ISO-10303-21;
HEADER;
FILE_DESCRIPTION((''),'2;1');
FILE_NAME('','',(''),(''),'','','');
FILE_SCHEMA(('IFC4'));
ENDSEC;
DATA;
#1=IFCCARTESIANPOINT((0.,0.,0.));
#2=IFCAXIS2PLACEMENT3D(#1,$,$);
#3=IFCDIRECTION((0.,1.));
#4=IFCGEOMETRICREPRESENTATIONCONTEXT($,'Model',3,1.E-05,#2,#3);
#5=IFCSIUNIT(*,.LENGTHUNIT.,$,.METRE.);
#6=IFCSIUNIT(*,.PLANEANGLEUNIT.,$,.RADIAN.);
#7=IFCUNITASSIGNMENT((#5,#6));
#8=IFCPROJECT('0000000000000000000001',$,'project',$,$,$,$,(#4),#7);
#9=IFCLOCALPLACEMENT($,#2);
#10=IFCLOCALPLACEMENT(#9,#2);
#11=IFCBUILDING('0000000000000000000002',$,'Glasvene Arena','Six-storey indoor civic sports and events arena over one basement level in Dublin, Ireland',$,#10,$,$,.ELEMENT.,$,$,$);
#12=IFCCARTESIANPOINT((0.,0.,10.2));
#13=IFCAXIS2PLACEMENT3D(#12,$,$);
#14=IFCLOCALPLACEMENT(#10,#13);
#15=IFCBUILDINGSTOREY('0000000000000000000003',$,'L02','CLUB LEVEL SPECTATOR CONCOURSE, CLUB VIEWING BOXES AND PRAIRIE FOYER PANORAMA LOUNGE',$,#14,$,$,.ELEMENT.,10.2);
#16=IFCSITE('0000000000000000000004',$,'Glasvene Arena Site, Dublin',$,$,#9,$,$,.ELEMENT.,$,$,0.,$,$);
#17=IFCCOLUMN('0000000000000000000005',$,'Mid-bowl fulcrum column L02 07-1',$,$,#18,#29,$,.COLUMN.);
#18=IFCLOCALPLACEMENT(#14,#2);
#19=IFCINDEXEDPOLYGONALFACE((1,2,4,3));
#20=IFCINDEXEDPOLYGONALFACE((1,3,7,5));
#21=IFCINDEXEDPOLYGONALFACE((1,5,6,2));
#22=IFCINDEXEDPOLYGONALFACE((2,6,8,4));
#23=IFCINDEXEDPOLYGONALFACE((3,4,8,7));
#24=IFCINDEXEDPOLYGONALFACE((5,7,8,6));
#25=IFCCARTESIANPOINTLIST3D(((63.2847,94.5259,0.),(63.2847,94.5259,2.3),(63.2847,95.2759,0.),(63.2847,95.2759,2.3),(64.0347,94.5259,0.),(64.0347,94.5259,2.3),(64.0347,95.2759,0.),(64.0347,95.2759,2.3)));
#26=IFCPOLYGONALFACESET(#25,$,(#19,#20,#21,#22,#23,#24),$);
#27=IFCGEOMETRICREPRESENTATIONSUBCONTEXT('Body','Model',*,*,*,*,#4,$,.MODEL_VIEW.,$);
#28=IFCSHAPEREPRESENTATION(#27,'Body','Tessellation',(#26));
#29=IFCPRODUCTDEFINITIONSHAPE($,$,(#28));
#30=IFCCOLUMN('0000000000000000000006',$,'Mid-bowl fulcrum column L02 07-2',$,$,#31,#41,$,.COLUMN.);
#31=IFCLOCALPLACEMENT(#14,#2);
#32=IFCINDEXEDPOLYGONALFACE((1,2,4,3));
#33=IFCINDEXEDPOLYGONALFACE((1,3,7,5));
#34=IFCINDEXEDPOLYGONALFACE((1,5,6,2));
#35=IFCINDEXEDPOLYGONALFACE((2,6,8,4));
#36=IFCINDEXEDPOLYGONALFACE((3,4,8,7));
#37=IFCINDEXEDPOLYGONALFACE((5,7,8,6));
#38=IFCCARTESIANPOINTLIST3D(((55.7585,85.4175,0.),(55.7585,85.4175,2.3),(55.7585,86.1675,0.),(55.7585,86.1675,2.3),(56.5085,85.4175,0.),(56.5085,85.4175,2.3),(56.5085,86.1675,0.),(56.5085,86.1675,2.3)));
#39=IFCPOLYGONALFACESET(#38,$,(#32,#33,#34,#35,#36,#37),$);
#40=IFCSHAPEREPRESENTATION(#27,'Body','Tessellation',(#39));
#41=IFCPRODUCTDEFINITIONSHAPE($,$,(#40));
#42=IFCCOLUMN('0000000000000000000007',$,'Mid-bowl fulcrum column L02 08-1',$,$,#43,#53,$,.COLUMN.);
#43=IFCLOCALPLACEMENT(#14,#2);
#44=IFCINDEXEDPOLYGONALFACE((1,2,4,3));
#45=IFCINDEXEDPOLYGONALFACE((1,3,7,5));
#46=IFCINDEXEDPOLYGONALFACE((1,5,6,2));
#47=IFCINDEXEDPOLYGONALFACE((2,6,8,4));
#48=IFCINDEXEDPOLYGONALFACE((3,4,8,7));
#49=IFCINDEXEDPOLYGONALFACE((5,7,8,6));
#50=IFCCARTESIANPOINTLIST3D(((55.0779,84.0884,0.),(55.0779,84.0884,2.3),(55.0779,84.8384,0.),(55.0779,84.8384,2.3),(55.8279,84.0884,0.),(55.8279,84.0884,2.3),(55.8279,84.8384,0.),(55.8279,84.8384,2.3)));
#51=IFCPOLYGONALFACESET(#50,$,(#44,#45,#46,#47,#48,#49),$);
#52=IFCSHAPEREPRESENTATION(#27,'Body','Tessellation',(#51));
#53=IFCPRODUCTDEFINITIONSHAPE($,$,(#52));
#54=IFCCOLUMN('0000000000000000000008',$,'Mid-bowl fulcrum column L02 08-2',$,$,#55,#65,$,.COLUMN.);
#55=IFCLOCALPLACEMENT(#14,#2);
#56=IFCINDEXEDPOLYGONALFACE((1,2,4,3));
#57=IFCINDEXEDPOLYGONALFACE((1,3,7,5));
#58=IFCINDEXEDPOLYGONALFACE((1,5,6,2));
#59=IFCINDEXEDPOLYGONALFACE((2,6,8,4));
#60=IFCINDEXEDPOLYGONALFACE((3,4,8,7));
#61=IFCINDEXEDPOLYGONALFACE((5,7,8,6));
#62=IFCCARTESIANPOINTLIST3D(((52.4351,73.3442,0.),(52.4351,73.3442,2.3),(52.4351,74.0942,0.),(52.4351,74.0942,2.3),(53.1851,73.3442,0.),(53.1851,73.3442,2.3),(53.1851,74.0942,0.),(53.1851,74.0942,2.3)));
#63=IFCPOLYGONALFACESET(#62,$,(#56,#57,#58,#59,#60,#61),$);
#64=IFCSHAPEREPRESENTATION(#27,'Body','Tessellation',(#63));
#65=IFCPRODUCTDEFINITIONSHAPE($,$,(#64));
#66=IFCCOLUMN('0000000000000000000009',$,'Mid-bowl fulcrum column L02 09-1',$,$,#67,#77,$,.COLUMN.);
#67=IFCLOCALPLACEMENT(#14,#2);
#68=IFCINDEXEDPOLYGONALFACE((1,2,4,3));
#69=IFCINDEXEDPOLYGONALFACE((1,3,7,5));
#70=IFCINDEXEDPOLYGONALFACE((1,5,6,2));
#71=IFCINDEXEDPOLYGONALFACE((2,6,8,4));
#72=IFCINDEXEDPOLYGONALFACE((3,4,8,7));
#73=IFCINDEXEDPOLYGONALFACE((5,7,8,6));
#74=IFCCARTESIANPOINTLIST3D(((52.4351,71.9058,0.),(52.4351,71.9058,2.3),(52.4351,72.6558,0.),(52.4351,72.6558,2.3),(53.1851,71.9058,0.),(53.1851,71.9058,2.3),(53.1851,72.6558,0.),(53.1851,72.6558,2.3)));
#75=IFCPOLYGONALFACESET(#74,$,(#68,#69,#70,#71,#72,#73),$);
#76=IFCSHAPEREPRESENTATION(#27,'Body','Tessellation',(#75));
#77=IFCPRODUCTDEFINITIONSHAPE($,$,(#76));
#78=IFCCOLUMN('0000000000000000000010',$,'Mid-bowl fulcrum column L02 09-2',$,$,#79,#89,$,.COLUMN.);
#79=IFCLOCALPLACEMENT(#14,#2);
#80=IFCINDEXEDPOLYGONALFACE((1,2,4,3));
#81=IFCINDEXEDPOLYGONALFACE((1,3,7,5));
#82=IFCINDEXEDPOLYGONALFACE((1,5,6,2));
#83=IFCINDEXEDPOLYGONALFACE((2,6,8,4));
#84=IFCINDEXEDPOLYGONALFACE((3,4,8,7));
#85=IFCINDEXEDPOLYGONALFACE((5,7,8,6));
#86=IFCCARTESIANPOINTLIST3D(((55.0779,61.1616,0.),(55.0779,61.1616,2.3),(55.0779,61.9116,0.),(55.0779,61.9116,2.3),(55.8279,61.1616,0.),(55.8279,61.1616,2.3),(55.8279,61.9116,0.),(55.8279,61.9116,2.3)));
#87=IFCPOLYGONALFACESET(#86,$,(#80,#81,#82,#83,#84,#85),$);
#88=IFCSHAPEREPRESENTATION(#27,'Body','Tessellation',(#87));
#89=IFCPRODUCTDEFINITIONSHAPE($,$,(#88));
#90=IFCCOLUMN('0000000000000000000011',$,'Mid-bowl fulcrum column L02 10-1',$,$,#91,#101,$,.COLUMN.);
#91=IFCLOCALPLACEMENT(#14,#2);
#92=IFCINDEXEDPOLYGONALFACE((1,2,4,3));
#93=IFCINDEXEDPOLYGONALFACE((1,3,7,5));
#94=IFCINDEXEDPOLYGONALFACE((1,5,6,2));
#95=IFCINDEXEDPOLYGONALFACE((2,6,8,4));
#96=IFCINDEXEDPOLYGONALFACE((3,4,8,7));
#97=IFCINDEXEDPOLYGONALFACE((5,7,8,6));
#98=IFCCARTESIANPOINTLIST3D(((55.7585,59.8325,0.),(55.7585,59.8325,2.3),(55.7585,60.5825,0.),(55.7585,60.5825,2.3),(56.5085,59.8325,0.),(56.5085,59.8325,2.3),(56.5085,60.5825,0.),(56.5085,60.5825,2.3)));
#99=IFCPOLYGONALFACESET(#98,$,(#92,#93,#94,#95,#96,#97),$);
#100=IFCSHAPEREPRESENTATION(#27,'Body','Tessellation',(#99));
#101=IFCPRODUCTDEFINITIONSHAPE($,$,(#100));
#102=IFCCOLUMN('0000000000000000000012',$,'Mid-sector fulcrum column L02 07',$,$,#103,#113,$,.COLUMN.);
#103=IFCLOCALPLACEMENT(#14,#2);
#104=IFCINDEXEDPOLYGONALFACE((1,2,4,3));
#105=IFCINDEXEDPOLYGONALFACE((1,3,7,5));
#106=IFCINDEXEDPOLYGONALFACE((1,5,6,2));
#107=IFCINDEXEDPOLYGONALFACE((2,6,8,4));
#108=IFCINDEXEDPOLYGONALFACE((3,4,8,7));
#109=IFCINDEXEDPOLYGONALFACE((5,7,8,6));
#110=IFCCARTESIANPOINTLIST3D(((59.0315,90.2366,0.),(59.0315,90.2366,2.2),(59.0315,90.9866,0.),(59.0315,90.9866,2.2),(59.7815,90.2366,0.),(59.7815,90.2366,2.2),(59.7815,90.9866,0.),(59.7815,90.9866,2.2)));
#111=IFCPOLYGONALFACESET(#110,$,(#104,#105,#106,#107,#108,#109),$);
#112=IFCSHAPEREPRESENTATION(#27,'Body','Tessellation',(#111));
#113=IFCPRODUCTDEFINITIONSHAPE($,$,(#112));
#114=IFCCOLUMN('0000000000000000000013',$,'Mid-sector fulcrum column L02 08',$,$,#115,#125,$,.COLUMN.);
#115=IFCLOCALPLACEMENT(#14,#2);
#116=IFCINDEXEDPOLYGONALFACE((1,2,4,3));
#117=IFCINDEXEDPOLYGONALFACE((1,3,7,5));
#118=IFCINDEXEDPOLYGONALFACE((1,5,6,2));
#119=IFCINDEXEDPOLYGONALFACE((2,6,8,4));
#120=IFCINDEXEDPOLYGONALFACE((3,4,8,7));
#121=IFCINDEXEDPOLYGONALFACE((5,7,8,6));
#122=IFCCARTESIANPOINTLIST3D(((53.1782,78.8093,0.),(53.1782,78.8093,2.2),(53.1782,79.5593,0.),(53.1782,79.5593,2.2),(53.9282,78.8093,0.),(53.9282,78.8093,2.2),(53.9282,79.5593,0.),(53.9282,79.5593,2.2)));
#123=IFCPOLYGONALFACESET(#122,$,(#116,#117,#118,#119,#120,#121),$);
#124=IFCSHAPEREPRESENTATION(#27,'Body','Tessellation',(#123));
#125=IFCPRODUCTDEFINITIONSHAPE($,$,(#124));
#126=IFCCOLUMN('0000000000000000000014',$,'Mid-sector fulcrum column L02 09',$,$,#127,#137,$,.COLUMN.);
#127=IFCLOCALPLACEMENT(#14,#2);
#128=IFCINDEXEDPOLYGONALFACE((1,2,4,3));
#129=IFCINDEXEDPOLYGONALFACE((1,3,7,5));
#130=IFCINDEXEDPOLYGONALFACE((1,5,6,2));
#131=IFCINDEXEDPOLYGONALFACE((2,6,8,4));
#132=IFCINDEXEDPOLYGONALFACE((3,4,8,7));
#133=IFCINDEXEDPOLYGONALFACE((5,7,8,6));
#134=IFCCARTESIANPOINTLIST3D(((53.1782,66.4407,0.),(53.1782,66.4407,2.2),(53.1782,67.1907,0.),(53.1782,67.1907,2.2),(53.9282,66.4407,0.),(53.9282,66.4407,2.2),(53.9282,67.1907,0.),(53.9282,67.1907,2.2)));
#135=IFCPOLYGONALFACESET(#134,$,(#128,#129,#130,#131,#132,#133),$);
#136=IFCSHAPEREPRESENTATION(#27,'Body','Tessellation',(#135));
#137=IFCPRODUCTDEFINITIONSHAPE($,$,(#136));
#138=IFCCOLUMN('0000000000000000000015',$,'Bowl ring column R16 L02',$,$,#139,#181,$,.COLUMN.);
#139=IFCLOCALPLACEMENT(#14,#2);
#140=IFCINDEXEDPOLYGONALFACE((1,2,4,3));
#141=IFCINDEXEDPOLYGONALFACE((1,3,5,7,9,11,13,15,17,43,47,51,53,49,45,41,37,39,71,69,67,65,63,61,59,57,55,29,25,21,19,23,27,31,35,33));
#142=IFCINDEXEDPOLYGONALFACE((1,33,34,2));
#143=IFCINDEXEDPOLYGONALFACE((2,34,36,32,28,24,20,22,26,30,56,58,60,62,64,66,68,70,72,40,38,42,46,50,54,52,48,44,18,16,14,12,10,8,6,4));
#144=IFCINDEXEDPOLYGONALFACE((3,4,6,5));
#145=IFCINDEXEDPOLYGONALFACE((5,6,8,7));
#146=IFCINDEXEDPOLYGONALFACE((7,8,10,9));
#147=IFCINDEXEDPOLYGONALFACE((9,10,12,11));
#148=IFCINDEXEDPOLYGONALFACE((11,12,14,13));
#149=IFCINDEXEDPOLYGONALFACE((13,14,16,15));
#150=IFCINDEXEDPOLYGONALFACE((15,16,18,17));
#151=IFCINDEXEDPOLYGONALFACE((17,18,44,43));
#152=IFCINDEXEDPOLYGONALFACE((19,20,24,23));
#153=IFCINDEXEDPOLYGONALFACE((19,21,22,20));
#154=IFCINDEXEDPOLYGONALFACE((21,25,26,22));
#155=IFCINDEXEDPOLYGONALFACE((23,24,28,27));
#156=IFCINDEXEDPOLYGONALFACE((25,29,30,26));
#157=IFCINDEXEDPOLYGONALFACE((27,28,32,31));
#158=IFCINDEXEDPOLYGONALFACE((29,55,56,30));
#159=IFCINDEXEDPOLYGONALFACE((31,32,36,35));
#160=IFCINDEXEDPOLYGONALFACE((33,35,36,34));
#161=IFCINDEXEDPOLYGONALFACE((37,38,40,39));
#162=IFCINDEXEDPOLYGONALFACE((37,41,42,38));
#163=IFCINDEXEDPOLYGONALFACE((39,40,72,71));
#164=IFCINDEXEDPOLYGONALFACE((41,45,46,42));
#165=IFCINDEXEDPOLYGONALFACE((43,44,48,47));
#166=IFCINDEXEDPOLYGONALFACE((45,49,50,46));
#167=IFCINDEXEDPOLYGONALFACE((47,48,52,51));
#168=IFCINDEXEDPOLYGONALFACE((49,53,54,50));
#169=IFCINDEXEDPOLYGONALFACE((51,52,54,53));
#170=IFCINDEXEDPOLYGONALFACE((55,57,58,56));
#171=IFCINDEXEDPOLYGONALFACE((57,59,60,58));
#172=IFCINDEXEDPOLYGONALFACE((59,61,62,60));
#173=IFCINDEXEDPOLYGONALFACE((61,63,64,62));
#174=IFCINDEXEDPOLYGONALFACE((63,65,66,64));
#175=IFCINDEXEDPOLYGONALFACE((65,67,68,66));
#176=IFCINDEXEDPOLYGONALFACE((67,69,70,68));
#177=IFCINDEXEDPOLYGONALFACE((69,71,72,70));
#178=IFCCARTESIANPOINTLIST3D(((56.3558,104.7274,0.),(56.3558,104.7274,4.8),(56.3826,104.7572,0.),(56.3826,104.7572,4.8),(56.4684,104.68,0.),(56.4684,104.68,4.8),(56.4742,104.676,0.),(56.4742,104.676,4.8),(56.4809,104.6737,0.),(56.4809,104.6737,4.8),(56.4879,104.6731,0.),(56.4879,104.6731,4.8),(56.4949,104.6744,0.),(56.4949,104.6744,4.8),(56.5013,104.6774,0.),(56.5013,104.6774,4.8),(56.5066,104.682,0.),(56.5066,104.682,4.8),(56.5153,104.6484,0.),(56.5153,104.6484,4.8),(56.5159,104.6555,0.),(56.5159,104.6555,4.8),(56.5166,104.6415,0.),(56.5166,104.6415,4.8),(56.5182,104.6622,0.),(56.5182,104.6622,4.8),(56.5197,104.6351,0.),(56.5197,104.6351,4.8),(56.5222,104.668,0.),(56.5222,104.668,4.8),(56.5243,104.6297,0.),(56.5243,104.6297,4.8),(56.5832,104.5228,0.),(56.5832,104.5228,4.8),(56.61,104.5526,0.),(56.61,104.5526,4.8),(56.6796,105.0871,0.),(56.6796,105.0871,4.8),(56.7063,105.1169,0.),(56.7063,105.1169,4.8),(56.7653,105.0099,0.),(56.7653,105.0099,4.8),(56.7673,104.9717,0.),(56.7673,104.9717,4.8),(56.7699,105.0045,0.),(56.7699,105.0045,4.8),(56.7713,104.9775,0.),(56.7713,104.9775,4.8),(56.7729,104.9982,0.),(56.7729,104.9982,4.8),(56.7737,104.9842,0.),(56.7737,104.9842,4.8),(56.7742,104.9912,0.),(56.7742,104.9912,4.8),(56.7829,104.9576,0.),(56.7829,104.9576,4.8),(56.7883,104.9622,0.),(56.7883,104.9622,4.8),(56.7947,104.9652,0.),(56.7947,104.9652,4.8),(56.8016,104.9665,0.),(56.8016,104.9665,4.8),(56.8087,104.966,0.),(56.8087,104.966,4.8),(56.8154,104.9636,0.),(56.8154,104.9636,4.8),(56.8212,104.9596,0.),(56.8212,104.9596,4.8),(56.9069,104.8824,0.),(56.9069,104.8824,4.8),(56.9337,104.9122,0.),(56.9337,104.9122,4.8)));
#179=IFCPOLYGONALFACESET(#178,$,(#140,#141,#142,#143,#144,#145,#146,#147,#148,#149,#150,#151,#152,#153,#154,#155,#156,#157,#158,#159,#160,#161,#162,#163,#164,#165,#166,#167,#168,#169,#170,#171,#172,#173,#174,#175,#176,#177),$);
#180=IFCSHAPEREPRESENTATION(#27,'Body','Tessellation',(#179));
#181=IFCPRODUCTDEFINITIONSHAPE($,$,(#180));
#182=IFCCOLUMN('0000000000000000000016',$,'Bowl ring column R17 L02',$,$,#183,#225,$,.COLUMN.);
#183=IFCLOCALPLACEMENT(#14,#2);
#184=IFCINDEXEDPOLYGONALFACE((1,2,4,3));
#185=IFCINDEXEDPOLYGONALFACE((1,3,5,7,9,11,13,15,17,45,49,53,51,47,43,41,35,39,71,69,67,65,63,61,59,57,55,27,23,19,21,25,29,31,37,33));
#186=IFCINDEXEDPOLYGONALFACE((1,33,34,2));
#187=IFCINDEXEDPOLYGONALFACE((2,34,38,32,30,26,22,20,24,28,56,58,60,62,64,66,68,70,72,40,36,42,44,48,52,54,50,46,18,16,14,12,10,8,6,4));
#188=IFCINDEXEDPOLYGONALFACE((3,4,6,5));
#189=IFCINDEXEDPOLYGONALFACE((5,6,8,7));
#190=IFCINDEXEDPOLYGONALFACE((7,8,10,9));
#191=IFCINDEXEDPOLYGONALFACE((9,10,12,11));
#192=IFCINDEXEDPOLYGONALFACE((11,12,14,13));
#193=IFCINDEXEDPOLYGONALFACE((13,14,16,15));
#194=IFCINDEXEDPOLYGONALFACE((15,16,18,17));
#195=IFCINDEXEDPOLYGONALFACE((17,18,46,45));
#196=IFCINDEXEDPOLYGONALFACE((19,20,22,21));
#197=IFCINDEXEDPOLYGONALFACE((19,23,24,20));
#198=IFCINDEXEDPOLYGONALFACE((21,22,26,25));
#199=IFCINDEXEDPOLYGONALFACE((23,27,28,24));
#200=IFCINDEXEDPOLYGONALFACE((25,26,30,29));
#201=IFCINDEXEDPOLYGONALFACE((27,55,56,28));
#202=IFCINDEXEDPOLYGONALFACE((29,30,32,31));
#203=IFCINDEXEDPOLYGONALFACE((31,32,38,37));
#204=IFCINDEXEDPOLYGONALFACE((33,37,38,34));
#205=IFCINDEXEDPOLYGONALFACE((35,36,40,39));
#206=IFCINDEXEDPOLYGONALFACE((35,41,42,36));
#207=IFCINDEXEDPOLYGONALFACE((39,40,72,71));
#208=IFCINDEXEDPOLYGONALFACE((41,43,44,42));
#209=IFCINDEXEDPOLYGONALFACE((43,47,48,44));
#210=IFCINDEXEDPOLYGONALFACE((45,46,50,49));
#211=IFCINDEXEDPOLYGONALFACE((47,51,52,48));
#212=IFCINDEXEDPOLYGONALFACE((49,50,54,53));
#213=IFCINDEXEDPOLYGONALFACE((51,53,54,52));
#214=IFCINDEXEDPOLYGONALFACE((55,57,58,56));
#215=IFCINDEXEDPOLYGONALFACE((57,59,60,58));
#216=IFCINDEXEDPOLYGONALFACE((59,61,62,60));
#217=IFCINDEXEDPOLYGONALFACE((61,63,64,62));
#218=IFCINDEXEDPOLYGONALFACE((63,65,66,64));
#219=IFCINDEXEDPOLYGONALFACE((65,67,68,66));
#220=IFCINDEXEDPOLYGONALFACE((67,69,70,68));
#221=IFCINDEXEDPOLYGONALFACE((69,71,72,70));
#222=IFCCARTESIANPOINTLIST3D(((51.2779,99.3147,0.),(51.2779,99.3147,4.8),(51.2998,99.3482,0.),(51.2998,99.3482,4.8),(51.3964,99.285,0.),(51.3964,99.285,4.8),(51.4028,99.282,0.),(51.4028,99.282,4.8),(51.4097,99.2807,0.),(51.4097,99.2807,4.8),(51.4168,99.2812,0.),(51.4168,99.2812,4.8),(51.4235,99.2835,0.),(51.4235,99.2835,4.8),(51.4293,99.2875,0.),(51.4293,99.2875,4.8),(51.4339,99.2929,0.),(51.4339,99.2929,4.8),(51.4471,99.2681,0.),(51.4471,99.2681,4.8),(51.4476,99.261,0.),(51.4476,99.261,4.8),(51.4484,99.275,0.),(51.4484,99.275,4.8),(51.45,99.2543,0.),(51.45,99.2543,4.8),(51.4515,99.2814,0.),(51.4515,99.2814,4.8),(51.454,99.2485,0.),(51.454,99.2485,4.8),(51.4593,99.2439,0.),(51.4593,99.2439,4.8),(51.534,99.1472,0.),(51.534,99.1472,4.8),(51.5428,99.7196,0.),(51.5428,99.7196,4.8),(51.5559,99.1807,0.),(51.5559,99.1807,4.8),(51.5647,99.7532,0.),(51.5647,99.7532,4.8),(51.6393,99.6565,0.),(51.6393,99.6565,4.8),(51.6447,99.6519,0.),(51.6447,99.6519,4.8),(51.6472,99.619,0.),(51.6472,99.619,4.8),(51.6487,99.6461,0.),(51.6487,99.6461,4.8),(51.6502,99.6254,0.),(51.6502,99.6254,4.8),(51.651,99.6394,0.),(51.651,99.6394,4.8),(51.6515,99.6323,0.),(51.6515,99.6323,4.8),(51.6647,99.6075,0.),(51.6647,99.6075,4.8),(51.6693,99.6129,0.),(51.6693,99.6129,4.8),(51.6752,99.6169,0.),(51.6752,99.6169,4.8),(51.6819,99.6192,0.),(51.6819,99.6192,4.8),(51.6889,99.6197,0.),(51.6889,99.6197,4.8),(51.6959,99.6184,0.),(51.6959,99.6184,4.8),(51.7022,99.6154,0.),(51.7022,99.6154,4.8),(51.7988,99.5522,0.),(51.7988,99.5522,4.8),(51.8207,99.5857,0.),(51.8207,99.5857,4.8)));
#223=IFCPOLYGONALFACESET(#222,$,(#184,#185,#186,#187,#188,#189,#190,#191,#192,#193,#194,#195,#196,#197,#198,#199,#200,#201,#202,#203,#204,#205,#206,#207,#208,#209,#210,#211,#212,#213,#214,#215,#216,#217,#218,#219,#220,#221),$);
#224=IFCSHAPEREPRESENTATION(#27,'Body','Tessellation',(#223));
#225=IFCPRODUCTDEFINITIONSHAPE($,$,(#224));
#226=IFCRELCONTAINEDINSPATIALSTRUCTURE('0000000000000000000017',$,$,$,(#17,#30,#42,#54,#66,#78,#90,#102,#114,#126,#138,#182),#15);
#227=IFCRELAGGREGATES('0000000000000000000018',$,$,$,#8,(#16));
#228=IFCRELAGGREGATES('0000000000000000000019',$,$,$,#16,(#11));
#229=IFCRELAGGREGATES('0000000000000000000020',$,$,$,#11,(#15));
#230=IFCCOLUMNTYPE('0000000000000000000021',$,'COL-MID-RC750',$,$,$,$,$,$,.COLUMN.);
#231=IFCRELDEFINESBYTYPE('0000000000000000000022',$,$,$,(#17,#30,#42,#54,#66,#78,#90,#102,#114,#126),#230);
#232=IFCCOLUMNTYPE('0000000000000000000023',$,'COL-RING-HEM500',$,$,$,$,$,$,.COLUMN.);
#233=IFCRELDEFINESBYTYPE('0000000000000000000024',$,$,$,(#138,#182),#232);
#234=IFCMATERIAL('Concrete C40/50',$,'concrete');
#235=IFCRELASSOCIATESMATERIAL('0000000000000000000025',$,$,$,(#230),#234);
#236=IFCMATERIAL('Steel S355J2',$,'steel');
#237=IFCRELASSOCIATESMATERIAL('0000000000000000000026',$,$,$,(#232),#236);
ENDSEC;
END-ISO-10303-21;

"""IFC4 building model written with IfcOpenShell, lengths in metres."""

from ifc_helpers import new_model, si_unit, direction, frame, origin, origin_2d, place, context, subcontext, project, spatial, rectangle, i_section, extrude, material, material_profile, profile_set, type_object, element, save


model = new_model("IFC4")

# Units and contexts
model_context = context("Model", 3, precision=1e-05, world=origin(), true_north=direction((0.0, 1.0)))
body_context = subcontext(model_context, "Body", "Model", "MODEL_VIEW")
ifc_project = project(units=[si_unit("LENGTHUNIT", "METRE"), si_unit("PLANEANGLEUNIT", "RADIAN")], contexts=[model_context])

# Site, building, storey
site_placement = place(None, origin())
site = spatial("IfcSite", under=ifc_project, at=site_placement, Name="Glasvene Arena Site, Dublin", CompositionType="ELEMENT", RefElevation=0.0)
building_placement = place(site_placement, origin())
building = spatial("IfcBuilding", under=site, at=building_placement, Name="Glasvene Arena", Description="Six-storey indoor civic sports and events arena over one basement level in Dublin, Ireland", CompositionType="ELEMENT")
storey_placement = place(building_placement, frame((0.0, 0.0, 10.2)))
storey = spatial("IfcBuildingStorey", under=building, at=storey_placement, Name="L02", Description="CLUB LEVEL SPECTATOR CONCOURSE, CLUB VIEWING BOXES AND PRAIRIE FOYER PANORAMA LOUNGE", CompositionType="ELEMENT", Elevation=10.2)

# Columns
ifc_material_1 = material(Name="Concrete C40/50", Category="concrete")
ifc_material_profile_1 = material_profile(ifc_material_1, rectangle(XDim=0.75, YDim=0.75, at=origin_2d()), Name="RC 750x750")
ifc_profile_set_1 = profile_set([ifc_material_profile_1], Name="Concrete C40/50")
column_type_1 = type_object("IfcColumnType", Name="COL-MID-RC750", PredefinedType="COLUMN", material=ifc_profile_set_1)
for number, where, z_axis, x_axis, name in (
    (1, (63.6597, 94.9009, 0.0), (0.0, 0.0, 1.0), (1.0, 0.0, 0.0), "Mid-bowl fulcrum column L02 07-1"),
    (2, (56.1335, 85.7925, 0.0), (0.0, 0.0, 1.0), (1.0, 0.0, 0.0), "Mid-bowl fulcrum column L02 07-2"),
    (3, (55.4529, 84.4634, 0.0), (0.0, 0.0, 1.0), (1.0, 0.0, 0.0), "Mid-bowl fulcrum column L02 08-1"),
    (4, (52.8101, 73.7192, 0.0), (0.0, 0.0, 1.0), (1.0, 0.0, 0.0), "Mid-bowl fulcrum column L02 08-2"),
    (5, (52.8101, 72.2808, 0.0), (0.0, 0.0, 1.0), (1.0, 0.0, 0.0), "Mid-bowl fulcrum column L02 09-1"),
    (6, (55.4529, 61.5366, 0.0), (0.0, 0.0, 1.0), (1.0, 0.0, 0.0), "Mid-bowl fulcrum column L02 09-2"),
    (7, (56.1335, 60.2075, 0.0), (0.0, 0.0, 1.0), (1.0, 0.0, 0.0), "Mid-bowl fulcrum column L02 10-1"),
):
    element("IfcColumn", number, at=place(storey_placement, frame(where, z_axis=z_axis, x_axis=x_axis)), inside=storey, type_object=column_type_1, Name=name, PredefinedType="COLUMN", context=body_context, shape_type="SweptSolid", body=[
        extrude(rectangle(XDim=0.75, YDim=0.75, at=origin_2d()), origin(), (0.0, 0.0, 1.0), 2.3),
    ])
for number, where, z_axis, x_axis, name in (
    (8, (59.4065, 90.6116, 0.0), (0.0, 0.0, 1.0), (1.0, 0.0, 0.0), "Mid-sector fulcrum column L02 07"),
    (9, (53.5532, 79.1843, 0.0), (0.0, 0.0, 1.0), (1.0, 0.0, 0.0), "Mid-sector fulcrum column L02 08"),
    (10, (53.5532, 66.8157, 0.0), (0.0, 0.0, 1.0), (1.0, 0.0, 0.0), "Mid-sector fulcrum column L02 09"),
):
    element("IfcColumn", number, at=place(storey_placement, frame(where, z_axis=z_axis, x_axis=x_axis)), inside=storey, type_object=column_type_1, Name=name, PredefinedType="COLUMN", context=body_context, shape_type="SweptSolid", body=[
        extrude(rectangle(XDim=0.75, YDim=0.75, at=origin_2d()), origin(), (0.0, 0.0, 1.0), 2.2),
    ])
ifc_material_2 = material(Name="Steel S355J2", Category="steel")
ifc_material_profile_2 = material_profile(ifc_material_2, i_section(OverallWidth=0.3059, OverallDepth=0.5239, WebThickness=0.021, FlangeThickness=0.04, FilletRadius=0.0271, at=origin_2d()), Name="HEM 500")
ifc_profile_set_2 = profile_set([ifc_material_profile_2], Name="Steel S355J2")
column_type_2 = type_object("IfcColumnType", Name="COL-RING-HEM500", PredefinedType="COLUMN", material=ifc_profile_set_2)
for number, where, z_axis, x_axis, name in (
    (11, (56.6448, 104.8198, 0.0), (0.0, 0.0, 1.0), (-0.743262, 0.669001, 0.0), "Bowl ring column R16 L02"),
    (12, (51.5493, 99.4502, 0.0), (0.0, 0.0, 1.0), (-0.836955, 0.547271, 0.0), "Bowl ring column R17 L02"),
):
    element("IfcColumn", number, at=place(storey_placement, frame(where, z_axis=z_axis, x_axis=x_axis)), inside=storey, type_object=column_type_2, Name=name, PredefinedType="COLUMN", context=body_context, shape_type="SweptSolid", body=[
        extrude(i_section(OverallWidth=0.3059, OverallDepth=0.5239, WebThickness=0.021, FlangeThickness=0.04, FilletRadius=0.0271, at=origin_2d()), origin(), (0.0, 0.0, 1.0), 4.8),
    ])

save(model, "model.ifc")
